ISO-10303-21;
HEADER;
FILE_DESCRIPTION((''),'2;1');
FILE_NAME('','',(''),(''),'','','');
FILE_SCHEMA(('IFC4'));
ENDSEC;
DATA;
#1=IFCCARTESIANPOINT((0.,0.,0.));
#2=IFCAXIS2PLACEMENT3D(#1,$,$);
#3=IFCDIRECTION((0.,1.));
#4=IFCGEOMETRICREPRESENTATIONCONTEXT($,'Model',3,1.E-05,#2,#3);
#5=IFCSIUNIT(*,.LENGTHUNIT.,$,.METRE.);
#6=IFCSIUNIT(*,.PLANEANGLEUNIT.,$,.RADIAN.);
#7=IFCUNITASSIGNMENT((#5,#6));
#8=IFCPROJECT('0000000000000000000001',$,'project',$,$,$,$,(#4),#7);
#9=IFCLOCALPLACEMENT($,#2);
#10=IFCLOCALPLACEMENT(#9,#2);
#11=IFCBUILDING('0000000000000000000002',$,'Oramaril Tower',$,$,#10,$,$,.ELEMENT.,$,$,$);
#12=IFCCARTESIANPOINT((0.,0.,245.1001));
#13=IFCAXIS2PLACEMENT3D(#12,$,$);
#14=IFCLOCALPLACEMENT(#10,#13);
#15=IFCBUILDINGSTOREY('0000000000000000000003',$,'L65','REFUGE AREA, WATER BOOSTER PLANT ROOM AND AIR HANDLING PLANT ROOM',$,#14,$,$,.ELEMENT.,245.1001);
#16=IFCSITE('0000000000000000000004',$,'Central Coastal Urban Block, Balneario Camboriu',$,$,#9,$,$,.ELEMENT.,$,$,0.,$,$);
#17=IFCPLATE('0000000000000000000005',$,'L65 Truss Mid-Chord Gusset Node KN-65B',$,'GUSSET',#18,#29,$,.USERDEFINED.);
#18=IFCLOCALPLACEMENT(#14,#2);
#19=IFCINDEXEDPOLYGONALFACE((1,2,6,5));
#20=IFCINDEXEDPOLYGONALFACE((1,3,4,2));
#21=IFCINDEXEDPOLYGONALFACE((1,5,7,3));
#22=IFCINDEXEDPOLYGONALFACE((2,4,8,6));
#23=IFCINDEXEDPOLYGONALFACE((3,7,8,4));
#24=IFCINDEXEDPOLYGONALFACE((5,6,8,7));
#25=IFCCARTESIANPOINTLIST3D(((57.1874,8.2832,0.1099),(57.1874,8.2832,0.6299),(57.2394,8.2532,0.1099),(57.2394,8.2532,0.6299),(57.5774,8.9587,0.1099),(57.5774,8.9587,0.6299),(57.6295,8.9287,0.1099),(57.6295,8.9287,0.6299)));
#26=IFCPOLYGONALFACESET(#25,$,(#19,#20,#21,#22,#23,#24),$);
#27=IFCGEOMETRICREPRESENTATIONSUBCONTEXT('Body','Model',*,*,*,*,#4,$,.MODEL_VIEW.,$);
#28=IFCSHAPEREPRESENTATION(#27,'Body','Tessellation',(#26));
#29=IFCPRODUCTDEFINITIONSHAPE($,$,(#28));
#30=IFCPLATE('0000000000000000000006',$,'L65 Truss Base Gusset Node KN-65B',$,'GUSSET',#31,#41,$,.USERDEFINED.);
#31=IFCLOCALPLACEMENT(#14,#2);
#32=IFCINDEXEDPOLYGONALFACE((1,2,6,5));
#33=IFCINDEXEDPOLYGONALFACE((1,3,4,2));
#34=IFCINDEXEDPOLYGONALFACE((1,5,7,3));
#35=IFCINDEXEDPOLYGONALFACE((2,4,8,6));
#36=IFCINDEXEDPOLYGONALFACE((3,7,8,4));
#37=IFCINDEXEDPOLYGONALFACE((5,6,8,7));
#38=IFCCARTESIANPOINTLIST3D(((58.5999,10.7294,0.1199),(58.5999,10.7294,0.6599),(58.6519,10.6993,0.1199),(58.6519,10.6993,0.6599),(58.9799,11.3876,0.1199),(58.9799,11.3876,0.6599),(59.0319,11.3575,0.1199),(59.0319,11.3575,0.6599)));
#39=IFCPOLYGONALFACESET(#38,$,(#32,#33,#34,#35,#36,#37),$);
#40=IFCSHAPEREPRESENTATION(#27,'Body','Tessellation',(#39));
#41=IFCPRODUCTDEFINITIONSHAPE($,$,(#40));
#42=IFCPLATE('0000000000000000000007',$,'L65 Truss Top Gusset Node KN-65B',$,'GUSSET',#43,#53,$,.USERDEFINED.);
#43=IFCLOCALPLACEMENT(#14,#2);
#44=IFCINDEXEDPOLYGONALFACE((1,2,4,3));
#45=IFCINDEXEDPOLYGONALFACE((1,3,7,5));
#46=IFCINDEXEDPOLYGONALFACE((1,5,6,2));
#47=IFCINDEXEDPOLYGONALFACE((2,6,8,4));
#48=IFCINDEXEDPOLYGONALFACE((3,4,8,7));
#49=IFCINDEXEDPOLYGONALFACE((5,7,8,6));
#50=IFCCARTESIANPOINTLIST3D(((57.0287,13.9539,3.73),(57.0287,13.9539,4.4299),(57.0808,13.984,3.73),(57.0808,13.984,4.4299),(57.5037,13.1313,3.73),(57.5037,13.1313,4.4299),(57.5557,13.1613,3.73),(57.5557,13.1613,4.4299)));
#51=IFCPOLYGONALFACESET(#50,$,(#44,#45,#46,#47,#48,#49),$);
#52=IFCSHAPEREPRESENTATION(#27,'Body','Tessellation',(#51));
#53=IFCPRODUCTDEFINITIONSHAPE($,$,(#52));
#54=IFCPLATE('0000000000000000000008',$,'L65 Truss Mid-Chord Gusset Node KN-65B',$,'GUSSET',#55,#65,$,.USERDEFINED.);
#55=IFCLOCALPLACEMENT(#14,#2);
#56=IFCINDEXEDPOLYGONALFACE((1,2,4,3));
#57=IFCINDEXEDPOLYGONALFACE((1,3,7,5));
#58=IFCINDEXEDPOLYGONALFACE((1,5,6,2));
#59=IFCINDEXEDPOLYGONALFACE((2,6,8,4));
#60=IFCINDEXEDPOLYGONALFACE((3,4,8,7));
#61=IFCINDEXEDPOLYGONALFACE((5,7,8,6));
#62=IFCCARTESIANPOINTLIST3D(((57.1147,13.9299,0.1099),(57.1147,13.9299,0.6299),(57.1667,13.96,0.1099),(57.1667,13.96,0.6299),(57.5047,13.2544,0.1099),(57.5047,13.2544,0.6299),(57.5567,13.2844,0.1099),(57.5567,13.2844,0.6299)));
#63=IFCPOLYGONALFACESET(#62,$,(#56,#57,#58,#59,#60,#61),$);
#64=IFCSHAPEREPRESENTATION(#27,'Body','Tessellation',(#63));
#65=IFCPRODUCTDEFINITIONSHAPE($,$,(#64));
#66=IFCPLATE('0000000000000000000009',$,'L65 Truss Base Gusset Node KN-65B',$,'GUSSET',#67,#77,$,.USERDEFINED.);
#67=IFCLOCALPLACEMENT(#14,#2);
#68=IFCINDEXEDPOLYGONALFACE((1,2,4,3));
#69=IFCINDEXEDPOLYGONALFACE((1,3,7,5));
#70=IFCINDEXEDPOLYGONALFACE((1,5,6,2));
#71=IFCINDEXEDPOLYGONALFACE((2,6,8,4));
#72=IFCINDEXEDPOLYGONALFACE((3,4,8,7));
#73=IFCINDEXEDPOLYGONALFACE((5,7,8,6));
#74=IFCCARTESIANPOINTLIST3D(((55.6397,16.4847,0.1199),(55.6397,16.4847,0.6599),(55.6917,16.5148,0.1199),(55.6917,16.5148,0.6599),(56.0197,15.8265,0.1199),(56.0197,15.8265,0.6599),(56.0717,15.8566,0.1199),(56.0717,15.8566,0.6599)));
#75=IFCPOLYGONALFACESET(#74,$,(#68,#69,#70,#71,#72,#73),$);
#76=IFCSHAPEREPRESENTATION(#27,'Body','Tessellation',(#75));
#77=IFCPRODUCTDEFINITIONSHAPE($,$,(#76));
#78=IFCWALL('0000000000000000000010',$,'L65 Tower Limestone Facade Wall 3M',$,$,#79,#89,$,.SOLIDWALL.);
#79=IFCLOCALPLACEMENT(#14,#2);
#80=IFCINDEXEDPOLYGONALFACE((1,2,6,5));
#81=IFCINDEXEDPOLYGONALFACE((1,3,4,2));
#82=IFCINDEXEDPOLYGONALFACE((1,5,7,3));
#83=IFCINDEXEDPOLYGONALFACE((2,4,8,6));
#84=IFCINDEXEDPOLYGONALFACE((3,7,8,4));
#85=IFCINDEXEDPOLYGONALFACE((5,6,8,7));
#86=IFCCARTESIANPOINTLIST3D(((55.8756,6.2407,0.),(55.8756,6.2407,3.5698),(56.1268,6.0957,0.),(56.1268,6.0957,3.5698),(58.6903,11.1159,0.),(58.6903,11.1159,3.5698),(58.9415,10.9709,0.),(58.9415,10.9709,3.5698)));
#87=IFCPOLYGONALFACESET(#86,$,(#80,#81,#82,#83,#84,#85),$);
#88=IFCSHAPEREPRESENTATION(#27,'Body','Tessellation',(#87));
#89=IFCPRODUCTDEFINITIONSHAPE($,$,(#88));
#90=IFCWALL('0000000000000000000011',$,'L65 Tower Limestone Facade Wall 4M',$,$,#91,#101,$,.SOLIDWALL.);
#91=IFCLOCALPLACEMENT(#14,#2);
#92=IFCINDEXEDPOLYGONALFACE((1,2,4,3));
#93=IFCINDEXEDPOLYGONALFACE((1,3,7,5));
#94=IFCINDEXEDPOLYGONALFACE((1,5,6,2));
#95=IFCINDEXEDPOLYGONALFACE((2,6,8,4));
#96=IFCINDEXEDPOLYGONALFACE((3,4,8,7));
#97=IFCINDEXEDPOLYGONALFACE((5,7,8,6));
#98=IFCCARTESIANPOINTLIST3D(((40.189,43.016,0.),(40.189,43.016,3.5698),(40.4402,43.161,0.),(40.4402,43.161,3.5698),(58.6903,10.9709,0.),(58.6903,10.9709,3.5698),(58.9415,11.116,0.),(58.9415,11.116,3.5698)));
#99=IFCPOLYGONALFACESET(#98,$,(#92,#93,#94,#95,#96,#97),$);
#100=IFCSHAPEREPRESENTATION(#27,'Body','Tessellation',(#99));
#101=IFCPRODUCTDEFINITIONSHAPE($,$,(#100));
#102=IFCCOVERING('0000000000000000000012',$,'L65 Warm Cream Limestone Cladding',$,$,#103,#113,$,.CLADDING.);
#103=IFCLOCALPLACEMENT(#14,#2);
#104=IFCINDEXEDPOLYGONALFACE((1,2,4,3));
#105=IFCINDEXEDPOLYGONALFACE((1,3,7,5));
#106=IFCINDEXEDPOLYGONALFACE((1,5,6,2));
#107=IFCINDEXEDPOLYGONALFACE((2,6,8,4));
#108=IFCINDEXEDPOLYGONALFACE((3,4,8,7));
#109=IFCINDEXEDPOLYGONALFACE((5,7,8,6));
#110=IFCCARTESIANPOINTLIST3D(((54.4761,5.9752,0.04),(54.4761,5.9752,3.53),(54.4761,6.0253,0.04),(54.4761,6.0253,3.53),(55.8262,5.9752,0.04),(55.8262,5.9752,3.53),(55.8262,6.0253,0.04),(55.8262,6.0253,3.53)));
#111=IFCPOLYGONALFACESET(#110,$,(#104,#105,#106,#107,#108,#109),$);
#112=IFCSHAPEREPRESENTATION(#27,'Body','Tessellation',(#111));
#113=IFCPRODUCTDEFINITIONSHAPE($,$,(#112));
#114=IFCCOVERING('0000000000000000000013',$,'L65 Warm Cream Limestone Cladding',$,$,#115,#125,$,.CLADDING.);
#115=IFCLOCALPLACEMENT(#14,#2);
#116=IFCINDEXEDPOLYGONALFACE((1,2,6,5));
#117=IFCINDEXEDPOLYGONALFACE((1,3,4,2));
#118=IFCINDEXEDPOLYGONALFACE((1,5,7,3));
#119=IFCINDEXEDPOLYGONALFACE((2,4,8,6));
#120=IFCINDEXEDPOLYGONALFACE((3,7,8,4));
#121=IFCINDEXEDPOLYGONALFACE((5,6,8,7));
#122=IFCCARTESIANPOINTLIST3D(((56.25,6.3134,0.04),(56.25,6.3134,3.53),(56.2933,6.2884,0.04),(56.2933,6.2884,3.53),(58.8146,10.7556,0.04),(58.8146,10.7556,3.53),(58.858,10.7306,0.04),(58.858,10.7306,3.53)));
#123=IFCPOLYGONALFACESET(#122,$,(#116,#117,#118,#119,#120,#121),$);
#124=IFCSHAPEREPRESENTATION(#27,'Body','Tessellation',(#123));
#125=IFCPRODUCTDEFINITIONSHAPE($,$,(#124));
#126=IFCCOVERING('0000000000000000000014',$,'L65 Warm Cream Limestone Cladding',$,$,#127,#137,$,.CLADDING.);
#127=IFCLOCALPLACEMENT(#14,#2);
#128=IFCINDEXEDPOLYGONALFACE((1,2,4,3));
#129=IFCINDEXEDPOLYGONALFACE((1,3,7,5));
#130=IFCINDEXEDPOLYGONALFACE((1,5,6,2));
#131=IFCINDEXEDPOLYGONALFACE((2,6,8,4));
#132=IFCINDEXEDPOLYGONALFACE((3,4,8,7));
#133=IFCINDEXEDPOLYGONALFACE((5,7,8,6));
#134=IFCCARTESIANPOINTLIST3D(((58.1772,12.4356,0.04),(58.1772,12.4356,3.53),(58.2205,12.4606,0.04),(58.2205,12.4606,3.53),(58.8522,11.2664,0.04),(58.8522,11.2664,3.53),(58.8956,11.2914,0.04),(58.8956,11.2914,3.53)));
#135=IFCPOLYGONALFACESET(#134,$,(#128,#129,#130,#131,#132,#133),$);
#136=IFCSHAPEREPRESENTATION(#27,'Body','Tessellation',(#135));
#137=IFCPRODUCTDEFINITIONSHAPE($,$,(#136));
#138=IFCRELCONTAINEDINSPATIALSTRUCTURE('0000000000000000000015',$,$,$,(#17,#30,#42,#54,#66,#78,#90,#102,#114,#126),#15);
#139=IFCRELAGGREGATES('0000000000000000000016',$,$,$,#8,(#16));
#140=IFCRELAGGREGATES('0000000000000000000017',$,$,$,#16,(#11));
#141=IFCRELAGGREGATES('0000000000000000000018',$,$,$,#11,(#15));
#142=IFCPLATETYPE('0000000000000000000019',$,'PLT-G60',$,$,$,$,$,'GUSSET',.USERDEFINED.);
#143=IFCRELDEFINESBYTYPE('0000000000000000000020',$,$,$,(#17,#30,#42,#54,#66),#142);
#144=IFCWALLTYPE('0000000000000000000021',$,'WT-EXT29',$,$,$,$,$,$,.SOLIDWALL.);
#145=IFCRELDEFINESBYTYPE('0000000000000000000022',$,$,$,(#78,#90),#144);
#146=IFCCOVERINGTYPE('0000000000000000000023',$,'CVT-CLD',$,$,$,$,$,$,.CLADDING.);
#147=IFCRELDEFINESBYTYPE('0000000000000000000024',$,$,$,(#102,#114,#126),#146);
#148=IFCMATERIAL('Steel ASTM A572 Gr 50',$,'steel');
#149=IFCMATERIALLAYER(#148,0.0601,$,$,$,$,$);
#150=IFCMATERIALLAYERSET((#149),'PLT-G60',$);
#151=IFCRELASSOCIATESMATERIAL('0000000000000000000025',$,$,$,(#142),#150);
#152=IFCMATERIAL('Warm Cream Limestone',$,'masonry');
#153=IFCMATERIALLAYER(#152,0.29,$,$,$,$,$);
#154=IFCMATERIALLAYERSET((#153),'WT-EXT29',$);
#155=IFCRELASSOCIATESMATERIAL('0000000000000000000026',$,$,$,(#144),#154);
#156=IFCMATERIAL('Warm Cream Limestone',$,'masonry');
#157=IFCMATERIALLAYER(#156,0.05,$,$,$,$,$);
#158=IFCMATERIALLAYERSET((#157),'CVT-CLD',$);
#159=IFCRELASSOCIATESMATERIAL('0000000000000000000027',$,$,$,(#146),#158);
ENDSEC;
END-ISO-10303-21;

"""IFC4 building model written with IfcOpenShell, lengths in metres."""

from ifc_helpers import new_model, si_unit, direction, frame, frame_2d, origin, origin_2d, place, context, subcontext, project, spatial, rectangle, extrude, material, layer, layer_set, type_object, element, save


model = new_model("IFC4")

# Units and contexts
model_context = context("Model", 3, precision=1e-05, world=origin(), true_north=direction((0.0, 1.0)))
body_context = subcontext(model_context, "Body", "Model", "MODEL_VIEW")
ifc_project = project(units=[si_unit("LENGTHUNIT", "METRE"), si_unit("PLANEANGLEUNIT", "RADIAN")], contexts=[model_context])

# Site, building, storey
site_placement = place(None, origin())
site = spatial("IfcSite", under=ifc_project, at=site_placement, Name="Central Coastal Urban Block, Balneario Camboriu", CompositionType="ELEMENT", RefElevation=0.0)
building_placement = place(site_placement, origin())
building = spatial("IfcBuilding", under=site, at=building_placement, Name="Oramaril Tower", CompositionType="ELEMENT")
storey_placement = place(building_placement, frame((0.0, 0.0, 245.1001)))
storey = spatial("IfcBuildingStorey", under=building, at=storey_placement, Name="L65", Description="REFUGE AREA, WATER BOOSTER PLANT ROOM AND AIR HANDLING PLANT ROOM", CompositionType="ELEMENT", Elevation=245.1001)

# Plates
ifc_material_1 = material(Name="Steel ASTM A572 Gr 50", Category="steel")
ifc_layer_1 = layer(ifc_material_1, 0.0601)
ifc_layer_set_1 = layer_set([ifc_layer_1], Name="PLT-G60")
plate_type_1 = type_object("IfcPlateType", Name="PLT-G60", ElementType="GUSSET", PredefinedType="USERDEFINED", material=ifc_layer_set_1)
plate_1_placement = place(storey_placement, frame((57.4084, 8.606, 0.1099), z_axis=(0.0, 0.0, 1.0), x_axis=(0.499992, 0.86603, 0.0)))
element("IfcPlate", 1, at=plate_1_placement, inside=storey, type_object=plate_type_1, Name="L65 Truss Mid-Chord Gusset Node KN-65B", ObjectType="GUSSET", PredefinedType="USERDEFINED", context=body_context, shape_type="SweptSolid", body=[
    extrude(rectangle(XDim=0.78, YDim=0.0601, at=origin_2d()), origin(), (0.0, 0.0, 1.0), 0.52),
])
plate_2_placement = place(storey_placement, frame((58.8159, 11.0435, 0.1199), z_axis=(0.0, 0.0, 1.0), x_axis=(0.499992, 0.86603, 0.0)))
element("IfcPlate", 2, at=plate_2_placement, inside=storey, type_object=plate_type_1, Name="L65 Truss Base Gusset Node KN-65B", ObjectType="GUSSET", PredefinedType="USERDEFINED", context=body_context, shape_type="SweptSolid", body=[
    extrude(rectangle(XDim=0.76, YDim=0.0601, at=origin_2d()), origin(), (0.0, 0.0, 1.0), 0.54),
])
plate_3_placement = place(storey_placement, frame((57.2922, 13.5576, 3.73), z_axis=(0.0, 0.0, 1.0), x_axis=(-0.500002, 0.866025, 0.0)))
element("IfcPlate", 3, at=plate_3_placement, inside=storey, type_object=plate_type_1, Name="L65 Truss Top Gusset Node KN-65B", ObjectType="GUSSET", PredefinedType="USERDEFINED", context=body_context, shape_type="SweptSolid", body=[
    extrude(rectangle(XDim=0.95, YDim=0.0601, at=origin_2d()), origin(), (0.0, 0.0, 1.0), 0.7),
])
plate_4_placement = place(storey_placement, frame((57.3357, 13.6072, 0.1099), z_axis=(0.0, 0.0, 1.0), x_axis=(-0.500002, 0.866025, 0.0)))
element("IfcPlate", 4, at=plate_4_placement, inside=storey, type_object=plate_type_1, Name="L65 Truss Mid-Chord Gusset Node KN-65B", ObjectType="GUSSET", PredefinedType="USERDEFINED", context=body_context, shape_type="SweptSolid", body=[
    extrude(rectangle(XDim=0.78, YDim=0.0601, at=origin_2d()), origin(), (0.0, 0.0, 1.0), 0.52),
])
plate_5_placement = place(storey_placement, frame((55.8557, 16.1707, 0.1199), z_axis=(0.0, 0.0, 1.0), x_axis=(-0.500002, 0.866025, 0.0)))
element("IfcPlate", 5, at=plate_5_placement, inside=storey, type_object=plate_type_1, Name="L65 Truss Base Gusset Node KN-65B", ObjectType="GUSSET", PredefinedType="USERDEFINED", context=body_context, shape_type="SweptSolid", body=[
    extrude(rectangle(XDim=0.76, YDim=0.0601, at=origin_2d()), origin(), (0.0, 0.0, 1.0), 0.54),
])

# Walls
ifc_material_2 = material(Name="Warm Cream Limestone", Category="masonry")
ifc_layer_2 = layer(ifc_material_2, 0.29)
ifc_layer_set_2 = layer_set([ifc_layer_2], Name="WT-EXT29")
wall_type = type_object("IfcWallType", Name="WT-EXT29", PredefinedType="SOLIDWALL", material=ifc_layer_set_2)
wall_1_placement = place(storey_placement, frame((56.0012, 6.1682, 0.0), z_axis=(0.0, 0.0, 1.0), x_axis=(0.499997, 0.866027, 0.0)))
element("IfcWall", 6, at=wall_1_placement, inside=storey, type_object=wall_type, Name="L65 Tower Limestone Facade Wall 3M", PredefinedType="SOLIDWALL", context=body_context, shape_type="SweptSolid", body=[
    extrude(rectangle(XDim=5.6294, YDim=0.29, at=frame_2d((2.8147, 0.0))), origin(), (0.0, 0.0, 1.0), 3.5698),
])
wall_2_placement = place(storey_placement, frame((58.8159, 11.0435, 0.0), z_axis=(0.0, 0.0, 1.0), x_axis=(-0.500002, 0.866025, 0.0)))
element("IfcWall", 7, at=wall_2_placement, inside=storey, type_object=wall_type, Name="L65 Tower Limestone Facade Wall 4M", PredefinedType="SOLIDWALL", context=body_context, shape_type="SweptSolid", body=[
    extrude(rectangle(XDim=37.0024, YDim=0.29, at=frame_2d((18.5012, 0.0))), origin(), (0.0, 0.0, 1.0), 3.5698),
])

# Coverings
ifc_material_3 = material(Name="Warm Cream Limestone", Category="masonry")
ifc_layer_3 = layer(ifc_material_3, 0.05)
ifc_layer_set_3 = layer_set([ifc_layer_3], Name="CVT-CLD")
covering_type = type_object("IfcCoveringType", Name="CVT-CLD", PredefinedType="CLADDING", material=ifc_layer_set_3)
covering_1_placement = place(storey_placement, frame((55.1511, 6.0002, 0.04), z_axis=(0.0, 0.0, 1.0), x_axis=(1.0, 0.0, 0.0)))
element("IfcCovering", 8, at=covering_1_placement, inside=storey, type_object=covering_type, Name="L65 Warm Cream Limestone Cladding", PredefinedType="CLADDING", context=body_context, shape_type="SweptSolid", body=[
    extrude(rectangle(XDim=1.3501, YDim=0.05, at=origin_2d()), origin(), (0.0, 0.0, 1.0), 3.49),
])
covering_2_placement = place(storey_placement, frame((57.554, 8.522, 0.04), z_axis=(0.0, 0.0, 1.0), x_axis=(0.499992, 0.86603, 0.0)))
element("IfcCovering", 9, at=covering_2_placement, inside=storey, type_object=covering_type, Name="L65 Warm Cream Limestone Cladding", PredefinedType="CLADDING", context=body_context, shape_type="SweptSolid", body=[
    extrude(rectangle(XDim=5.1294, YDim=0.05, at=origin_2d()), origin(), (0.0, 0.0, 1.0), 3.49),
])
covering_3_placement = place(storey_placement, frame((58.5364, 11.8635, 0.04), z_axis=(0.0, 0.0, 1.0), x_axis=(-0.5, 0.866025, 0.0)))
element("IfcCovering", 10, at=covering_3_placement, inside=storey, type_object=covering_type, Name="L65 Warm Cream Limestone Cladding", PredefinedType="CLADDING", context=body_context, shape_type="SweptSolid", body=[
    extrude(rectangle(XDim=1.3501, YDim=0.05, at=origin_2d()), origin(), (0.0, 0.0, 1.0), 3.49),
])

save(model, "model.ifc")
